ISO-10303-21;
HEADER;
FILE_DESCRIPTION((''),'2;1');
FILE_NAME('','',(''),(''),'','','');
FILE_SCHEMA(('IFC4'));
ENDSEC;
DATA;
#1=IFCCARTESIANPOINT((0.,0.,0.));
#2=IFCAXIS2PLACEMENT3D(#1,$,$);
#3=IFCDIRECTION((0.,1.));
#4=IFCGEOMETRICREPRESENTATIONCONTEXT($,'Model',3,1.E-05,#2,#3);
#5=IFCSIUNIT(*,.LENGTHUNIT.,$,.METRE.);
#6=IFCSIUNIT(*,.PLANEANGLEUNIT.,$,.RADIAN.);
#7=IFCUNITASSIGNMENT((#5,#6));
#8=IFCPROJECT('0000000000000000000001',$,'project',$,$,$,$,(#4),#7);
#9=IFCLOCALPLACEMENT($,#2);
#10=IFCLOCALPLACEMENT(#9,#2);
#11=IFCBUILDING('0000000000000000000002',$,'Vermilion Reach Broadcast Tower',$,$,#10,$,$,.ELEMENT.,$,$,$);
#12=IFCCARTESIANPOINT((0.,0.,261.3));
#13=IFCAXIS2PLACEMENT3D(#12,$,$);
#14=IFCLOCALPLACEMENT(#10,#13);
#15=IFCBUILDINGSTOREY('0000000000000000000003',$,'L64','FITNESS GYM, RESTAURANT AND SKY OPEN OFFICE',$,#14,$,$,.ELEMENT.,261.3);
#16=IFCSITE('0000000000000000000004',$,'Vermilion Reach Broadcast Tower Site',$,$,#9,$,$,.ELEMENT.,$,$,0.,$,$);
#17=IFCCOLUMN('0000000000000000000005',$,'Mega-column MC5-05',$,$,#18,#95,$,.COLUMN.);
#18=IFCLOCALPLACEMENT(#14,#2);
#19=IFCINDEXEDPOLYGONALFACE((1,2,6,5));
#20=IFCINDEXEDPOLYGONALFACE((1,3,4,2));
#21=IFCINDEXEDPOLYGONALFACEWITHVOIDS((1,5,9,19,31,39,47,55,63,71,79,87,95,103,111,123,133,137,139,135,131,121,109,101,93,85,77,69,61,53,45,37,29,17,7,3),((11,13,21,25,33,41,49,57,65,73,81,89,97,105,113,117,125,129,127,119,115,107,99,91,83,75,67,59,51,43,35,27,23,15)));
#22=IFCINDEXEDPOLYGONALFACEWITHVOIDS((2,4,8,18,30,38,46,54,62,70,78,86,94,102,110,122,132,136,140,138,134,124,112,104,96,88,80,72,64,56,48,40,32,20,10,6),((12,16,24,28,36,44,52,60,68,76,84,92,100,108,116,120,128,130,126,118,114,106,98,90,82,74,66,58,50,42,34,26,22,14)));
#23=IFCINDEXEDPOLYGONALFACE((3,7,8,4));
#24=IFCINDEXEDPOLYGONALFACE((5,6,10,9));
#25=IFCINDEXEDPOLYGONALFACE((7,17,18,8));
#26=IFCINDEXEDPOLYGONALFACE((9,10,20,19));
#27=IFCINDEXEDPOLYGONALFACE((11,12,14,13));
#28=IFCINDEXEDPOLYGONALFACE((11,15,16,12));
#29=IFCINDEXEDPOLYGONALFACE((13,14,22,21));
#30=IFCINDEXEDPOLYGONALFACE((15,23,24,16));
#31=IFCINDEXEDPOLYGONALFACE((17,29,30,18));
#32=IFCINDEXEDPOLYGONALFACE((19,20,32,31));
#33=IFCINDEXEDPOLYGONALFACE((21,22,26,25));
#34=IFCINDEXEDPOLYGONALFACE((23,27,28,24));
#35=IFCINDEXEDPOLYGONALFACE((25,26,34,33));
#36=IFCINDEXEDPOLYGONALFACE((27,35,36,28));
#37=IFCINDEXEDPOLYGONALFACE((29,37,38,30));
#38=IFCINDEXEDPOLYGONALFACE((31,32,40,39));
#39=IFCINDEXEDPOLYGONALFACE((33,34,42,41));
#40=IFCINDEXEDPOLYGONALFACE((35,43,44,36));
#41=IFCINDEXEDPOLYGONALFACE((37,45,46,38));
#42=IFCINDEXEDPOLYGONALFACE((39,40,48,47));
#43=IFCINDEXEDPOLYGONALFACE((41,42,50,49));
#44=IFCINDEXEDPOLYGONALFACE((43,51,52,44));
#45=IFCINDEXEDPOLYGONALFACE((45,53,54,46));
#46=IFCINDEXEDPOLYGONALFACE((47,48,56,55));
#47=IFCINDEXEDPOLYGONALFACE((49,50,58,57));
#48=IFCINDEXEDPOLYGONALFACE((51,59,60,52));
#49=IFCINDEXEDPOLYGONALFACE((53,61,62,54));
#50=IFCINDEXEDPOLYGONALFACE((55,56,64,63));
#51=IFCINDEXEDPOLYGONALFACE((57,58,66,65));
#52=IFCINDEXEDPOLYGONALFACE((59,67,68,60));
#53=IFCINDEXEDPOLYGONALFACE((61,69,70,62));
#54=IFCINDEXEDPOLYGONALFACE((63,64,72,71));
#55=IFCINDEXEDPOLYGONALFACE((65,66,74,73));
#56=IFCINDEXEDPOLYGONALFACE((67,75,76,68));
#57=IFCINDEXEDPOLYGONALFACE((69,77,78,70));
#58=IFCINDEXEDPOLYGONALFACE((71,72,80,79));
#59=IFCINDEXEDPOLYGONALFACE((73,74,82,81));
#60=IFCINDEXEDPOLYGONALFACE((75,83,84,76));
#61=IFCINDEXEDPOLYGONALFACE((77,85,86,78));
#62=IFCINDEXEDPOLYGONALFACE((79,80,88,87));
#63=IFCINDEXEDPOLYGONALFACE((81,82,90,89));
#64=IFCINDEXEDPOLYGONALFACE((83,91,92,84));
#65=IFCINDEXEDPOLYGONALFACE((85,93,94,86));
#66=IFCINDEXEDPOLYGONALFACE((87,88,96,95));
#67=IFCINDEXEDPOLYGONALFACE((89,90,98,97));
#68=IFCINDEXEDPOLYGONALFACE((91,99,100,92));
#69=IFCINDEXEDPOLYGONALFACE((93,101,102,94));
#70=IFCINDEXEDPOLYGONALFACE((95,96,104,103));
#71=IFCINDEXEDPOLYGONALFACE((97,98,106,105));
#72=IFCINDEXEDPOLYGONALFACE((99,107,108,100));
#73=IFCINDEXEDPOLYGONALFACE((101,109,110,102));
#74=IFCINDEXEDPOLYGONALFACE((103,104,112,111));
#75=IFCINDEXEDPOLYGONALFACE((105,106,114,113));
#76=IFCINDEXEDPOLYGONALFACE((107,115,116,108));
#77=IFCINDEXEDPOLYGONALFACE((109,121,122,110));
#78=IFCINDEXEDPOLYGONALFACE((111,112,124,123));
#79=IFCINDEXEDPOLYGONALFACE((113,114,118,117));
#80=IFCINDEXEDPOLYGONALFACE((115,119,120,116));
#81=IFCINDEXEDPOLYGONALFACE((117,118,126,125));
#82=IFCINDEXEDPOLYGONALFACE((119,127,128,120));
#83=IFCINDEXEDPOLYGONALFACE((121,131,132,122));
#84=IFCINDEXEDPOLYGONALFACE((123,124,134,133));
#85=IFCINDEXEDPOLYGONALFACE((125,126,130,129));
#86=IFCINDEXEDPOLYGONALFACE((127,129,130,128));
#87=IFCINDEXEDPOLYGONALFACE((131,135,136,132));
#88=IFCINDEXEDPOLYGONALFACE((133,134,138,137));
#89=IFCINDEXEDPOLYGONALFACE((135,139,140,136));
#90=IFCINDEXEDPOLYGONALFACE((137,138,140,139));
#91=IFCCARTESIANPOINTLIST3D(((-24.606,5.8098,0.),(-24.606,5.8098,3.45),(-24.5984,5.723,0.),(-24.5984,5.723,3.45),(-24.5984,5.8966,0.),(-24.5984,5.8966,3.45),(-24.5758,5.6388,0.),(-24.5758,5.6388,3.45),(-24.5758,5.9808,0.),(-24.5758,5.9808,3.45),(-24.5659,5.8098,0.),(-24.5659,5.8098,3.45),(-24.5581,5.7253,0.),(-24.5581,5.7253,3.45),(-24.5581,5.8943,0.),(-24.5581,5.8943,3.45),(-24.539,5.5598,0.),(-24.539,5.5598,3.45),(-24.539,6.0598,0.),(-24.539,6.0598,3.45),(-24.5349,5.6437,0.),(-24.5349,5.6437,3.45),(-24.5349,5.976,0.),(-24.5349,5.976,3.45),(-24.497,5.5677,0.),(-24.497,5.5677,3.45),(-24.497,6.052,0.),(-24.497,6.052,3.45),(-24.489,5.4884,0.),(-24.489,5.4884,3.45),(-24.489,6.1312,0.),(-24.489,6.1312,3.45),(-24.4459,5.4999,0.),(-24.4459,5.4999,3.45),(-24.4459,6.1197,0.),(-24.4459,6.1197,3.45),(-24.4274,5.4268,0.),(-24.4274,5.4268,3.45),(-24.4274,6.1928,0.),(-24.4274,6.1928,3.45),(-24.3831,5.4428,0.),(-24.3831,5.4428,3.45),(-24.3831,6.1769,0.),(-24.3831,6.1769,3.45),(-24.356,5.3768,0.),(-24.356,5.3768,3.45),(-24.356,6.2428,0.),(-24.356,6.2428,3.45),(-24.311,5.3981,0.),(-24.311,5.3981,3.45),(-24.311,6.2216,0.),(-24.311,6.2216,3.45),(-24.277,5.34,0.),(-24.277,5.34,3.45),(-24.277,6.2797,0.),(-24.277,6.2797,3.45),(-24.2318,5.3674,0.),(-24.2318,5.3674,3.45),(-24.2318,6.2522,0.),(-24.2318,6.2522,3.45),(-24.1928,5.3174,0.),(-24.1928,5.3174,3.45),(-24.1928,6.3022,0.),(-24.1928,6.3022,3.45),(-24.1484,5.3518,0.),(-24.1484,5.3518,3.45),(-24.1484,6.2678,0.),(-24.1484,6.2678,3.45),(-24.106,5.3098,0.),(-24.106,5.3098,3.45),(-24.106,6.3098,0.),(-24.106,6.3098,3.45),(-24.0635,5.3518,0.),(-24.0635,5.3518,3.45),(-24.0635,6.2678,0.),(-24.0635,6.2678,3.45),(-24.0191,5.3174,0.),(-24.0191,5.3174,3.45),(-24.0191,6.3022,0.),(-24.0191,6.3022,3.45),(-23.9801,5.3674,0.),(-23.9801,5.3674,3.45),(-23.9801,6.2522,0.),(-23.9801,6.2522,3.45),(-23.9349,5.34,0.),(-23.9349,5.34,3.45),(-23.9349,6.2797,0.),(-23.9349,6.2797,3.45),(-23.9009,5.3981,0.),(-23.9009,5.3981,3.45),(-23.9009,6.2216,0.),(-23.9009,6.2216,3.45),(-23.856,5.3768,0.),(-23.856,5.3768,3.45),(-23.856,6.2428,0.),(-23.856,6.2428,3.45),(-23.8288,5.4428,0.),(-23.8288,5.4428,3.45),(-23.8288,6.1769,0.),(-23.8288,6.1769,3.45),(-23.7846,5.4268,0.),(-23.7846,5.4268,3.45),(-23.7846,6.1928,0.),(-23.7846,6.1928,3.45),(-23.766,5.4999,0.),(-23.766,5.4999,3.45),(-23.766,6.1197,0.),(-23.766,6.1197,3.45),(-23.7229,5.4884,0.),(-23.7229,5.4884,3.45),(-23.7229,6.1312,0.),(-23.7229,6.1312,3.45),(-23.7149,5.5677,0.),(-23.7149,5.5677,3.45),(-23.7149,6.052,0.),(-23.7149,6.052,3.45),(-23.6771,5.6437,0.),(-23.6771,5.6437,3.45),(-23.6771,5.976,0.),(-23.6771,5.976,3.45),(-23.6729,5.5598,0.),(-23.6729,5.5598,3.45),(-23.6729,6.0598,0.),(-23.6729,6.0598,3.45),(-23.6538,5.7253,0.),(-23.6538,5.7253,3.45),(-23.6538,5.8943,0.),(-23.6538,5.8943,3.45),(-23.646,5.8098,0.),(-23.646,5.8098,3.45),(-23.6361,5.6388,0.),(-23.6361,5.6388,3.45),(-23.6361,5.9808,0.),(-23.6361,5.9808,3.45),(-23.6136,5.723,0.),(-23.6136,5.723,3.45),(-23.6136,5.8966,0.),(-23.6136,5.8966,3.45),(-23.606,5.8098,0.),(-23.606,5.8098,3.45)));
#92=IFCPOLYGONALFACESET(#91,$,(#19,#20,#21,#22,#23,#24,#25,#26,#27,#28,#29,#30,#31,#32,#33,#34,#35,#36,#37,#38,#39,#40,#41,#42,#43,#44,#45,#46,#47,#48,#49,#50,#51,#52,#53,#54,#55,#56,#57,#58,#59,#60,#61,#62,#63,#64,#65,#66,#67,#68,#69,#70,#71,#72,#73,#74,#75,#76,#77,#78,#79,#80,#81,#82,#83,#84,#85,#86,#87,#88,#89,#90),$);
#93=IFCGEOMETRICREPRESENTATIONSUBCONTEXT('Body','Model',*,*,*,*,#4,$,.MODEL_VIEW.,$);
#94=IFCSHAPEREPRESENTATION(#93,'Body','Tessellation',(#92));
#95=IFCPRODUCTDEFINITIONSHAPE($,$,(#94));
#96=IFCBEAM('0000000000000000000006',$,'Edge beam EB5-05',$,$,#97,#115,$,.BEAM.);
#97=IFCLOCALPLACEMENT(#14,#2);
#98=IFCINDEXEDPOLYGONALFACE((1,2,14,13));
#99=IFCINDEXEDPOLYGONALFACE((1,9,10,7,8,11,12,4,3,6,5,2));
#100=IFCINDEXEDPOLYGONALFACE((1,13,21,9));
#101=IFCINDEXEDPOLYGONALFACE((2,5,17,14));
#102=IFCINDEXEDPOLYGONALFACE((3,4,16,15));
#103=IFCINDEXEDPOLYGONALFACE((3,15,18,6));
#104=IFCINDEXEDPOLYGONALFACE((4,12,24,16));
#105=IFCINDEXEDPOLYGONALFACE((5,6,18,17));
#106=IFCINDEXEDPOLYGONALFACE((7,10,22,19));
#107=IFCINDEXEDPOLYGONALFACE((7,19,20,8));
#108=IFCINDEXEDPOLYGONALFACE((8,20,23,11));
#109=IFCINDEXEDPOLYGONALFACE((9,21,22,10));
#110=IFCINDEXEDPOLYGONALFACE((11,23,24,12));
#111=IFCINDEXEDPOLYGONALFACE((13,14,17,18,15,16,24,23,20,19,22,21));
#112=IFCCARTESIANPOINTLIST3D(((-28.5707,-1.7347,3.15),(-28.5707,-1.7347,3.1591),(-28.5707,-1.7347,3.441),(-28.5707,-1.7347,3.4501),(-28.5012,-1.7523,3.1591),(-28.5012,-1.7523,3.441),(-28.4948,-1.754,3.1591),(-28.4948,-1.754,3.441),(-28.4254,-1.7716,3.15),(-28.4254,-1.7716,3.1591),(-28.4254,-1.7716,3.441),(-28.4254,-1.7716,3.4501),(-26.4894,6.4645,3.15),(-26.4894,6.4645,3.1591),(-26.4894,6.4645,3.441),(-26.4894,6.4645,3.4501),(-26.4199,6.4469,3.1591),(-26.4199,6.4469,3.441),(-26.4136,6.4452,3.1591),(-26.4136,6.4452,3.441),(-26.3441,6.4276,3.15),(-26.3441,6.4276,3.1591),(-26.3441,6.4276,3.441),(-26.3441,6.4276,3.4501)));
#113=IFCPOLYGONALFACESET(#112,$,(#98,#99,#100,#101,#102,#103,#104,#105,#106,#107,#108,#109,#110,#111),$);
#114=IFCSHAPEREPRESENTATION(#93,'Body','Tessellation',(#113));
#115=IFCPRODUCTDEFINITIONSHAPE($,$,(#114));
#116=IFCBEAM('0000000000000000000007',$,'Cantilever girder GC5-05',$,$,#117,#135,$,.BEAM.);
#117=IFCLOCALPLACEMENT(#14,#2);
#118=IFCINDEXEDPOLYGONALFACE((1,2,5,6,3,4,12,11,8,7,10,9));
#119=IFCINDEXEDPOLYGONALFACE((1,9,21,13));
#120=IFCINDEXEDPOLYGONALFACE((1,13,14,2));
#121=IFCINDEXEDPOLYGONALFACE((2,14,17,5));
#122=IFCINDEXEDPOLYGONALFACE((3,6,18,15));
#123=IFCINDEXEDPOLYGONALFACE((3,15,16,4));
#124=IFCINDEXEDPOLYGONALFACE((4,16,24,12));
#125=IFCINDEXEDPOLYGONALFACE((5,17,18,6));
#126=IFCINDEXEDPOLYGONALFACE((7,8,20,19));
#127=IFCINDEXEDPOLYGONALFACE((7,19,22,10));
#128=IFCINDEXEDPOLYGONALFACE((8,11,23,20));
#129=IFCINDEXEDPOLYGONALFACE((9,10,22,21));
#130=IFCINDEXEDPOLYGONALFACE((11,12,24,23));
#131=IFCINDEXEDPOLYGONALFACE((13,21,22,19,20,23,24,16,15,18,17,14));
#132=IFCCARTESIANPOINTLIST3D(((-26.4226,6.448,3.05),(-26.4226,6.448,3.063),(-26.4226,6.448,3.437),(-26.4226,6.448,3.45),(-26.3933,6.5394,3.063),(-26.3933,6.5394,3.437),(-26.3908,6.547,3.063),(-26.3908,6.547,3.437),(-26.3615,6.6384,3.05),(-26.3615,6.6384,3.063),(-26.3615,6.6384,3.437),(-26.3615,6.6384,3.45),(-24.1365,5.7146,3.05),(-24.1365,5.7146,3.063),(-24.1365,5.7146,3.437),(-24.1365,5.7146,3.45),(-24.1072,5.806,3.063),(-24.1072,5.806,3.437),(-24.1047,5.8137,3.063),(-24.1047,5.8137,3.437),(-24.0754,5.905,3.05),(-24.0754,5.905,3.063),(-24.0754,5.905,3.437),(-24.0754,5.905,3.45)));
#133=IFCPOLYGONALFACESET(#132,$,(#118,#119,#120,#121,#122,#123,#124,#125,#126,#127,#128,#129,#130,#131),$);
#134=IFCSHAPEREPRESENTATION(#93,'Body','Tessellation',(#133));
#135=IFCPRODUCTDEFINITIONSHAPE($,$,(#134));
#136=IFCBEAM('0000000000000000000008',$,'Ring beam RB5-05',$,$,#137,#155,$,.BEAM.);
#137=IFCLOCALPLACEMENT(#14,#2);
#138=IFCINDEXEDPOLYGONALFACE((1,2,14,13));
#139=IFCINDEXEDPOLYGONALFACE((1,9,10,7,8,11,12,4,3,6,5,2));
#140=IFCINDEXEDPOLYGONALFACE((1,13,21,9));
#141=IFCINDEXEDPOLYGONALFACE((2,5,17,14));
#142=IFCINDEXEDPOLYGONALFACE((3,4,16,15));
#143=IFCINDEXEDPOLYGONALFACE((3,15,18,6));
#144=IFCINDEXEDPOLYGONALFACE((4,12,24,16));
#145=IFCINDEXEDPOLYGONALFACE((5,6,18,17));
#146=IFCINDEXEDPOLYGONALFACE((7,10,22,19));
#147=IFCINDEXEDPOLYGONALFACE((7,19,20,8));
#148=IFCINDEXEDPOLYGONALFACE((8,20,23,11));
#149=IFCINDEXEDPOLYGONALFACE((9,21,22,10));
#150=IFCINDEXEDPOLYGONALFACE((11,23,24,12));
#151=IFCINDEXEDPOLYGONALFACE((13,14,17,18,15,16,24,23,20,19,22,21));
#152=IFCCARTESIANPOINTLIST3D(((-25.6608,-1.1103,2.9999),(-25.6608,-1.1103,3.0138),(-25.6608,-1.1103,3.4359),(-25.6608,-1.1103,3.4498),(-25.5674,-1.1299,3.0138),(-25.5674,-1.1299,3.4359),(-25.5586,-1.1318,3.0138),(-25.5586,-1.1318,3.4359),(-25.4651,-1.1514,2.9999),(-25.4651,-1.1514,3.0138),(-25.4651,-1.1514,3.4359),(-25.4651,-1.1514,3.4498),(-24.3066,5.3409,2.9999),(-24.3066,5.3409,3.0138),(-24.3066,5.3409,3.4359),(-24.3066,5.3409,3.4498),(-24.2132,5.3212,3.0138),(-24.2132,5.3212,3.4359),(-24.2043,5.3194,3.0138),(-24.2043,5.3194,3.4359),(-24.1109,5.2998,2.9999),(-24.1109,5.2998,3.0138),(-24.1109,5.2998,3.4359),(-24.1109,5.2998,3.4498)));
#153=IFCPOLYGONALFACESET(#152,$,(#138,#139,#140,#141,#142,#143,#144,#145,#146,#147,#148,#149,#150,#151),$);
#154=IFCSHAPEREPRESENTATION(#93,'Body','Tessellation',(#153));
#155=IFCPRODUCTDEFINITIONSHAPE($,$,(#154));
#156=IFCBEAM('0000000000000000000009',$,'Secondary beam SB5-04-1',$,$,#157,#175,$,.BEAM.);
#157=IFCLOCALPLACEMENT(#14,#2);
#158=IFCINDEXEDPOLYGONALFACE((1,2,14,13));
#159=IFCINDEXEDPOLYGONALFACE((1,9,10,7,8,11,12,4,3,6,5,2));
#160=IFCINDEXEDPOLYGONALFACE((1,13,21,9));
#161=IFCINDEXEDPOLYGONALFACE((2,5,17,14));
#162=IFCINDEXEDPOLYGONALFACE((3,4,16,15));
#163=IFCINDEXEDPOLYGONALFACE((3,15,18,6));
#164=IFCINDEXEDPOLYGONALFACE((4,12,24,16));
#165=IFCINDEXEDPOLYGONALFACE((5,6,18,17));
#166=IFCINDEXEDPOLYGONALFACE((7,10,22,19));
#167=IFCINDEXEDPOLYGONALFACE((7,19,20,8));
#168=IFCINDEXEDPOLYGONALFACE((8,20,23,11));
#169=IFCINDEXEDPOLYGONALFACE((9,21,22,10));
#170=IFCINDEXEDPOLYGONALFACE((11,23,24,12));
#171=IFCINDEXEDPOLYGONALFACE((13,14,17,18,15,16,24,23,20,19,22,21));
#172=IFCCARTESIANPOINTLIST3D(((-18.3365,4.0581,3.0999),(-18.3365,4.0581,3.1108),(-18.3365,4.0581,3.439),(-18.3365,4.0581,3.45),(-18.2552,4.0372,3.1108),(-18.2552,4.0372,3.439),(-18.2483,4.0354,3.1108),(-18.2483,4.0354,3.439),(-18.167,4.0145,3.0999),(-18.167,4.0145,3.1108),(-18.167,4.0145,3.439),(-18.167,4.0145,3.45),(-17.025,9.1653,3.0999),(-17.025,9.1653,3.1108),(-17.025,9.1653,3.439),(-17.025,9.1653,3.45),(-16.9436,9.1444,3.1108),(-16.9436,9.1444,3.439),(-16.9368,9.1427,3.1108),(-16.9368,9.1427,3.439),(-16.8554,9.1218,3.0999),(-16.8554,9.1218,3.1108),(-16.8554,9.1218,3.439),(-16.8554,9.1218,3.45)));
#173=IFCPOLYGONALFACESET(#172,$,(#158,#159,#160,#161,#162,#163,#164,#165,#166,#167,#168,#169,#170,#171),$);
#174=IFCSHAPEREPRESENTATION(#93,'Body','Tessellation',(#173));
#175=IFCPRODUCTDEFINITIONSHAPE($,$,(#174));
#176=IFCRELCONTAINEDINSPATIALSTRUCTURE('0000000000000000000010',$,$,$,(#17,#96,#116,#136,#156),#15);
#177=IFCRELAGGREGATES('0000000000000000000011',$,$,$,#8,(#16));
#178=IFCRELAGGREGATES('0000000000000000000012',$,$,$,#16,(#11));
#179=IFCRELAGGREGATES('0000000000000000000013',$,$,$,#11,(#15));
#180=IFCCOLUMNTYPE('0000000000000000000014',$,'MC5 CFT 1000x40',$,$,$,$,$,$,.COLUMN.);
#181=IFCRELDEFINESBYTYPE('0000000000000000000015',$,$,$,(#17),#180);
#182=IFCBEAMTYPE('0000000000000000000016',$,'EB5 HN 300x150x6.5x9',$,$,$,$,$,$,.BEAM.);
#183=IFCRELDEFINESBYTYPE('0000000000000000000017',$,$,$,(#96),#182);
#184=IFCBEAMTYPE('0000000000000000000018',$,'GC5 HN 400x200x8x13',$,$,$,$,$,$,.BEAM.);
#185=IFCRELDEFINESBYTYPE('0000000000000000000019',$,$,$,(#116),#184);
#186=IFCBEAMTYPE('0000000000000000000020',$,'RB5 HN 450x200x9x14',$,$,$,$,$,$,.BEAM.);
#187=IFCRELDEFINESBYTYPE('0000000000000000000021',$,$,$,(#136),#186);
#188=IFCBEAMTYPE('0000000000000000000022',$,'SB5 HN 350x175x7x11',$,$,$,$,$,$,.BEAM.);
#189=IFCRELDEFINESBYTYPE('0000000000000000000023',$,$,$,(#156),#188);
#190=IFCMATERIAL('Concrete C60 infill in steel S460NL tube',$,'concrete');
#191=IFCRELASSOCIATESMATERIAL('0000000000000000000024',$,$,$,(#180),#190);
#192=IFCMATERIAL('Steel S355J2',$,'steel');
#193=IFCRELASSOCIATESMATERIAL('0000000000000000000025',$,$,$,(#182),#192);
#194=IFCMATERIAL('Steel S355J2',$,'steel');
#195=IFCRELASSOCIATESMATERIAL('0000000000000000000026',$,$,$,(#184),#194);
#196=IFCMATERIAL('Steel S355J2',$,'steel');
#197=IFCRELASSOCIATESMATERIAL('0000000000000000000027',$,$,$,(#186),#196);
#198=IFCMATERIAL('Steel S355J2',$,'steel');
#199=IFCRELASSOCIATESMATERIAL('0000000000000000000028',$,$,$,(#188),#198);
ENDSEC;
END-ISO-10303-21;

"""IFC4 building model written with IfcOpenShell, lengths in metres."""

from ifc_helpers import new_model, si_unit, direction, frame, origin, origin_2d, place, context, subcontext, project, spatial, hollow_circle, i_section, extrude, material, material_profile, profile_set, type_object, element, save


model = new_model("IFC4")

# Units and contexts
model_context = context("Model", 3, precision=1e-05, world=origin(), true_north=direction((0.0, 1.0)))
body_context = subcontext(model_context, "Body", "Model", "MODEL_VIEW")
ifc_project = project(units=[si_unit("LENGTHUNIT", "METRE"), si_unit("PLANEANGLEUNIT", "RADIAN")], contexts=[model_context])

# Site, building, storey
site_placement = place(None, origin())
site = spatial("IfcSite", under=ifc_project, at=site_placement, Name="Vermilion Reach Broadcast Tower Site", CompositionType="ELEMENT", RefElevation=0.0)
building_placement = place(site_placement, origin())
building = spatial("IfcBuilding", under=site, at=building_placement, Name="Vermilion Reach Broadcast Tower", CompositionType="ELEMENT")
storey_placement = place(building_placement, frame((0.0, 0.0, 261.3)))
storey = spatial("IfcBuildingStorey", under=building, at=storey_placement, Name="L64", Description="FITNESS GYM, RESTAURANT AND SKY OPEN OFFICE", CompositionType="ELEMENT", Elevation=261.3)

# Column
ifc_material_1 = material(Name="Concrete C60 infill in steel S460NL tube", Category="concrete")
ifc_material_profile_1 = material_profile(ifc_material_1, hollow_circle(Radius=0.5, WallThickness=0.04, at=origin_2d()), Name="Concrete C60 infill in steel S460NL tube CFT 1000x40")
ifc_profile_set_1 = profile_set([ifc_material_profile_1], Name="Concrete C60 infill in steel S460NL tube")
column_type = type_object("IfcColumnType", Name="MC5 CFT 1000x40", PredefinedType="COLUMN", material=ifc_profile_set_1)
column_placement = place(storey_placement, frame((-24.106, 5.8098, 0.0), z_axis=(0.0, 0.0, 1.0), x_axis=(1.0, 0.0, 0.0)))
element("IfcColumn", 1, at=column_placement, inside=storey, type_object=column_type, Name="Mega-column MC5-05", PredefinedType="COLUMN", context=body_context, shape_type="SweptSolid", body=[
    extrude(hollow_circle(Radius=0.5, WallThickness=0.04, at=origin_2d()), origin(), (0.0, 0.0, 1.0), 3.45),
])

# Beams
ifc_material_2 = material(Name="Steel S355J2", Category="steel")
ifc_material_profile_2 = material_profile(ifc_material_2, i_section(OverallWidth=0.1499, OverallDepth=0.3, WebThickness=0.0066, FlangeThickness=0.009, at=origin_2d()), Name="S355J2 HN 300x150x6.5x9")
ifc_profile_set_2 = profile_set([ifc_material_profile_2], Name="Steel S355J2")
beam_type_1 = type_object("IfcBeamType", Name="EB5 HN 300x150x6.5x9", PredefinedType="BEAM", material=ifc_profile_set_2)
beam_1_placement = place(storey_placement, frame((-26.4167, 6.446, 3.3), z_axis=(-0.246038, -0.96926, 0.0), x_axis=(0.96926, -0.246038, 0.0)))
element("IfcBeam", 2, at=beam_1_placement, inside=storey, type_object=beam_type_1, Name="Edge beam EB5-05", PredefinedType="BEAM", context=body_context, shape_type="SweptSolid", body=[
    extrude(i_section(OverallWidth=0.1499, OverallDepth=0.3, WebThickness=0.0066, FlangeThickness=0.009, at=origin_2d()), origin(), (0.0, 0.0, 1.0), 8.4592),
])
ifc_material_3 = material(Name="Steel S355J2", Category="steel")
ifc_material_profile_3 = material_profile(ifc_material_3, i_section(OverallWidth=0.2, OverallDepth=0.3999, WebThickness=0.0081, FlangeThickness=0.0129, at=origin_2d()), Name="S355J2 HN 400x200x8x13")
ifc_profile_set_3 = profile_set([ifc_material_profile_3], Name="Steel S355J2")
beam_type_2 = type_object("IfcBeamType", Name="GC5 HN 400x200x8x13", PredefinedType="BEAM", material=ifc_profile_set_3)
beam_2_placement = place(storey_placement, frame((-24.106, 5.8098, 3.25), z_axis=(-0.952202, 0.305469, 0.0), x_axis=(-0.305469, -0.952202, 0.0)))
element("IfcBeam", 3, at=beam_2_placement, inside=storey, type_object=beam_type_2, Name="Cantilever girder GC5-05", PredefinedType="BEAM", context=body_context, shape_type="SweptSolid", body=[
    extrude(i_section(OverallWidth=0.2, OverallDepth=0.3999, WebThickness=0.0081, FlangeThickness=0.0129, at=origin_2d()), origin(), (0.0, 0.0, 1.0), 2.4009),
])
ifc_material_4 = material(Name="Steel S355J2", Category="steel")
ifc_material_profile_4 = material_profile(ifc_material_4, i_section(OverallWidth=0.2, OverallDepth=0.45, WebThickness=0.009, FlangeThickness=0.0139, at=origin_2d()), Name="S355J2 HN 450x200x9x14")
ifc_profile_set_4 = profile_set([ifc_material_profile_4], Name="Steel S355J2")
beam_type_3 = type_object("IfcBeamType", Name="RB5 HN 450x200x9x14", PredefinedType="BEAM", material=ifc_profile_set_4)
beam_3_placement = place(storey_placement, frame((-24.2087, 5.3203, 3.2249), z_axis=(-0.205445, -0.978669, 0.0), x_axis=(0.978669, -0.205445, 0.0)))
element("IfcBeam", 4, at=beam_3_placement, inside=storey, type_object=beam_type_3, Name="Ring beam RB5-05", PredefinedType="BEAM", context=body_context, shape_type="SweptSolid", body=[
    extrude(i_section(OverallWidth=0.2, OverallDepth=0.45, WebThickness=0.009, FlangeThickness=0.0139, at=origin_2d()), origin(), (0.0, 0.0, 1.0), 6.5918),
])
ifc_material_5 = material(Name="Steel S355J2", Category="steel")
ifc_material_profile_5 = material_profile(ifc_material_5, i_section(OverallWidth=0.175, OverallDepth=0.3501, WebThickness=0.0071, FlangeThickness=0.011, at=origin_2d()), Name="S355J2 HN 350x175x7x11")
ifc_profile_set_5 = profile_set([ifc_material_profile_5], Name="Steel S355J2")
beam_type_4 = type_object("IfcBeamType", Name="SB5 HN 350x175x7x11", PredefinedType="BEAM", material=ifc_profile_set_5)
beam_4_placement = place(storey_placement, frame((-16.9402, 9.1436, 3.2749), z_axis=(-0.24873, -0.968573, 0.0), x_axis=(0.968573, -0.24873, 0.0)))
element("IfcBeam", 5, at=beam_4_placement, inside=storey, type_object=beam_type_4, Name="Secondary beam SB5-04-1", PredefinedType="BEAM", context=body_context, shape_type="SweptSolid", body=[
    extrude(i_section(OverallWidth=0.175, OverallDepth=0.3501, WebThickness=0.0071, FlangeThickness=0.011, at=origin_2d()), origin(), (0.0, 0.0, 1.0), 5.2729),
])

save(model, "model.ifc")
